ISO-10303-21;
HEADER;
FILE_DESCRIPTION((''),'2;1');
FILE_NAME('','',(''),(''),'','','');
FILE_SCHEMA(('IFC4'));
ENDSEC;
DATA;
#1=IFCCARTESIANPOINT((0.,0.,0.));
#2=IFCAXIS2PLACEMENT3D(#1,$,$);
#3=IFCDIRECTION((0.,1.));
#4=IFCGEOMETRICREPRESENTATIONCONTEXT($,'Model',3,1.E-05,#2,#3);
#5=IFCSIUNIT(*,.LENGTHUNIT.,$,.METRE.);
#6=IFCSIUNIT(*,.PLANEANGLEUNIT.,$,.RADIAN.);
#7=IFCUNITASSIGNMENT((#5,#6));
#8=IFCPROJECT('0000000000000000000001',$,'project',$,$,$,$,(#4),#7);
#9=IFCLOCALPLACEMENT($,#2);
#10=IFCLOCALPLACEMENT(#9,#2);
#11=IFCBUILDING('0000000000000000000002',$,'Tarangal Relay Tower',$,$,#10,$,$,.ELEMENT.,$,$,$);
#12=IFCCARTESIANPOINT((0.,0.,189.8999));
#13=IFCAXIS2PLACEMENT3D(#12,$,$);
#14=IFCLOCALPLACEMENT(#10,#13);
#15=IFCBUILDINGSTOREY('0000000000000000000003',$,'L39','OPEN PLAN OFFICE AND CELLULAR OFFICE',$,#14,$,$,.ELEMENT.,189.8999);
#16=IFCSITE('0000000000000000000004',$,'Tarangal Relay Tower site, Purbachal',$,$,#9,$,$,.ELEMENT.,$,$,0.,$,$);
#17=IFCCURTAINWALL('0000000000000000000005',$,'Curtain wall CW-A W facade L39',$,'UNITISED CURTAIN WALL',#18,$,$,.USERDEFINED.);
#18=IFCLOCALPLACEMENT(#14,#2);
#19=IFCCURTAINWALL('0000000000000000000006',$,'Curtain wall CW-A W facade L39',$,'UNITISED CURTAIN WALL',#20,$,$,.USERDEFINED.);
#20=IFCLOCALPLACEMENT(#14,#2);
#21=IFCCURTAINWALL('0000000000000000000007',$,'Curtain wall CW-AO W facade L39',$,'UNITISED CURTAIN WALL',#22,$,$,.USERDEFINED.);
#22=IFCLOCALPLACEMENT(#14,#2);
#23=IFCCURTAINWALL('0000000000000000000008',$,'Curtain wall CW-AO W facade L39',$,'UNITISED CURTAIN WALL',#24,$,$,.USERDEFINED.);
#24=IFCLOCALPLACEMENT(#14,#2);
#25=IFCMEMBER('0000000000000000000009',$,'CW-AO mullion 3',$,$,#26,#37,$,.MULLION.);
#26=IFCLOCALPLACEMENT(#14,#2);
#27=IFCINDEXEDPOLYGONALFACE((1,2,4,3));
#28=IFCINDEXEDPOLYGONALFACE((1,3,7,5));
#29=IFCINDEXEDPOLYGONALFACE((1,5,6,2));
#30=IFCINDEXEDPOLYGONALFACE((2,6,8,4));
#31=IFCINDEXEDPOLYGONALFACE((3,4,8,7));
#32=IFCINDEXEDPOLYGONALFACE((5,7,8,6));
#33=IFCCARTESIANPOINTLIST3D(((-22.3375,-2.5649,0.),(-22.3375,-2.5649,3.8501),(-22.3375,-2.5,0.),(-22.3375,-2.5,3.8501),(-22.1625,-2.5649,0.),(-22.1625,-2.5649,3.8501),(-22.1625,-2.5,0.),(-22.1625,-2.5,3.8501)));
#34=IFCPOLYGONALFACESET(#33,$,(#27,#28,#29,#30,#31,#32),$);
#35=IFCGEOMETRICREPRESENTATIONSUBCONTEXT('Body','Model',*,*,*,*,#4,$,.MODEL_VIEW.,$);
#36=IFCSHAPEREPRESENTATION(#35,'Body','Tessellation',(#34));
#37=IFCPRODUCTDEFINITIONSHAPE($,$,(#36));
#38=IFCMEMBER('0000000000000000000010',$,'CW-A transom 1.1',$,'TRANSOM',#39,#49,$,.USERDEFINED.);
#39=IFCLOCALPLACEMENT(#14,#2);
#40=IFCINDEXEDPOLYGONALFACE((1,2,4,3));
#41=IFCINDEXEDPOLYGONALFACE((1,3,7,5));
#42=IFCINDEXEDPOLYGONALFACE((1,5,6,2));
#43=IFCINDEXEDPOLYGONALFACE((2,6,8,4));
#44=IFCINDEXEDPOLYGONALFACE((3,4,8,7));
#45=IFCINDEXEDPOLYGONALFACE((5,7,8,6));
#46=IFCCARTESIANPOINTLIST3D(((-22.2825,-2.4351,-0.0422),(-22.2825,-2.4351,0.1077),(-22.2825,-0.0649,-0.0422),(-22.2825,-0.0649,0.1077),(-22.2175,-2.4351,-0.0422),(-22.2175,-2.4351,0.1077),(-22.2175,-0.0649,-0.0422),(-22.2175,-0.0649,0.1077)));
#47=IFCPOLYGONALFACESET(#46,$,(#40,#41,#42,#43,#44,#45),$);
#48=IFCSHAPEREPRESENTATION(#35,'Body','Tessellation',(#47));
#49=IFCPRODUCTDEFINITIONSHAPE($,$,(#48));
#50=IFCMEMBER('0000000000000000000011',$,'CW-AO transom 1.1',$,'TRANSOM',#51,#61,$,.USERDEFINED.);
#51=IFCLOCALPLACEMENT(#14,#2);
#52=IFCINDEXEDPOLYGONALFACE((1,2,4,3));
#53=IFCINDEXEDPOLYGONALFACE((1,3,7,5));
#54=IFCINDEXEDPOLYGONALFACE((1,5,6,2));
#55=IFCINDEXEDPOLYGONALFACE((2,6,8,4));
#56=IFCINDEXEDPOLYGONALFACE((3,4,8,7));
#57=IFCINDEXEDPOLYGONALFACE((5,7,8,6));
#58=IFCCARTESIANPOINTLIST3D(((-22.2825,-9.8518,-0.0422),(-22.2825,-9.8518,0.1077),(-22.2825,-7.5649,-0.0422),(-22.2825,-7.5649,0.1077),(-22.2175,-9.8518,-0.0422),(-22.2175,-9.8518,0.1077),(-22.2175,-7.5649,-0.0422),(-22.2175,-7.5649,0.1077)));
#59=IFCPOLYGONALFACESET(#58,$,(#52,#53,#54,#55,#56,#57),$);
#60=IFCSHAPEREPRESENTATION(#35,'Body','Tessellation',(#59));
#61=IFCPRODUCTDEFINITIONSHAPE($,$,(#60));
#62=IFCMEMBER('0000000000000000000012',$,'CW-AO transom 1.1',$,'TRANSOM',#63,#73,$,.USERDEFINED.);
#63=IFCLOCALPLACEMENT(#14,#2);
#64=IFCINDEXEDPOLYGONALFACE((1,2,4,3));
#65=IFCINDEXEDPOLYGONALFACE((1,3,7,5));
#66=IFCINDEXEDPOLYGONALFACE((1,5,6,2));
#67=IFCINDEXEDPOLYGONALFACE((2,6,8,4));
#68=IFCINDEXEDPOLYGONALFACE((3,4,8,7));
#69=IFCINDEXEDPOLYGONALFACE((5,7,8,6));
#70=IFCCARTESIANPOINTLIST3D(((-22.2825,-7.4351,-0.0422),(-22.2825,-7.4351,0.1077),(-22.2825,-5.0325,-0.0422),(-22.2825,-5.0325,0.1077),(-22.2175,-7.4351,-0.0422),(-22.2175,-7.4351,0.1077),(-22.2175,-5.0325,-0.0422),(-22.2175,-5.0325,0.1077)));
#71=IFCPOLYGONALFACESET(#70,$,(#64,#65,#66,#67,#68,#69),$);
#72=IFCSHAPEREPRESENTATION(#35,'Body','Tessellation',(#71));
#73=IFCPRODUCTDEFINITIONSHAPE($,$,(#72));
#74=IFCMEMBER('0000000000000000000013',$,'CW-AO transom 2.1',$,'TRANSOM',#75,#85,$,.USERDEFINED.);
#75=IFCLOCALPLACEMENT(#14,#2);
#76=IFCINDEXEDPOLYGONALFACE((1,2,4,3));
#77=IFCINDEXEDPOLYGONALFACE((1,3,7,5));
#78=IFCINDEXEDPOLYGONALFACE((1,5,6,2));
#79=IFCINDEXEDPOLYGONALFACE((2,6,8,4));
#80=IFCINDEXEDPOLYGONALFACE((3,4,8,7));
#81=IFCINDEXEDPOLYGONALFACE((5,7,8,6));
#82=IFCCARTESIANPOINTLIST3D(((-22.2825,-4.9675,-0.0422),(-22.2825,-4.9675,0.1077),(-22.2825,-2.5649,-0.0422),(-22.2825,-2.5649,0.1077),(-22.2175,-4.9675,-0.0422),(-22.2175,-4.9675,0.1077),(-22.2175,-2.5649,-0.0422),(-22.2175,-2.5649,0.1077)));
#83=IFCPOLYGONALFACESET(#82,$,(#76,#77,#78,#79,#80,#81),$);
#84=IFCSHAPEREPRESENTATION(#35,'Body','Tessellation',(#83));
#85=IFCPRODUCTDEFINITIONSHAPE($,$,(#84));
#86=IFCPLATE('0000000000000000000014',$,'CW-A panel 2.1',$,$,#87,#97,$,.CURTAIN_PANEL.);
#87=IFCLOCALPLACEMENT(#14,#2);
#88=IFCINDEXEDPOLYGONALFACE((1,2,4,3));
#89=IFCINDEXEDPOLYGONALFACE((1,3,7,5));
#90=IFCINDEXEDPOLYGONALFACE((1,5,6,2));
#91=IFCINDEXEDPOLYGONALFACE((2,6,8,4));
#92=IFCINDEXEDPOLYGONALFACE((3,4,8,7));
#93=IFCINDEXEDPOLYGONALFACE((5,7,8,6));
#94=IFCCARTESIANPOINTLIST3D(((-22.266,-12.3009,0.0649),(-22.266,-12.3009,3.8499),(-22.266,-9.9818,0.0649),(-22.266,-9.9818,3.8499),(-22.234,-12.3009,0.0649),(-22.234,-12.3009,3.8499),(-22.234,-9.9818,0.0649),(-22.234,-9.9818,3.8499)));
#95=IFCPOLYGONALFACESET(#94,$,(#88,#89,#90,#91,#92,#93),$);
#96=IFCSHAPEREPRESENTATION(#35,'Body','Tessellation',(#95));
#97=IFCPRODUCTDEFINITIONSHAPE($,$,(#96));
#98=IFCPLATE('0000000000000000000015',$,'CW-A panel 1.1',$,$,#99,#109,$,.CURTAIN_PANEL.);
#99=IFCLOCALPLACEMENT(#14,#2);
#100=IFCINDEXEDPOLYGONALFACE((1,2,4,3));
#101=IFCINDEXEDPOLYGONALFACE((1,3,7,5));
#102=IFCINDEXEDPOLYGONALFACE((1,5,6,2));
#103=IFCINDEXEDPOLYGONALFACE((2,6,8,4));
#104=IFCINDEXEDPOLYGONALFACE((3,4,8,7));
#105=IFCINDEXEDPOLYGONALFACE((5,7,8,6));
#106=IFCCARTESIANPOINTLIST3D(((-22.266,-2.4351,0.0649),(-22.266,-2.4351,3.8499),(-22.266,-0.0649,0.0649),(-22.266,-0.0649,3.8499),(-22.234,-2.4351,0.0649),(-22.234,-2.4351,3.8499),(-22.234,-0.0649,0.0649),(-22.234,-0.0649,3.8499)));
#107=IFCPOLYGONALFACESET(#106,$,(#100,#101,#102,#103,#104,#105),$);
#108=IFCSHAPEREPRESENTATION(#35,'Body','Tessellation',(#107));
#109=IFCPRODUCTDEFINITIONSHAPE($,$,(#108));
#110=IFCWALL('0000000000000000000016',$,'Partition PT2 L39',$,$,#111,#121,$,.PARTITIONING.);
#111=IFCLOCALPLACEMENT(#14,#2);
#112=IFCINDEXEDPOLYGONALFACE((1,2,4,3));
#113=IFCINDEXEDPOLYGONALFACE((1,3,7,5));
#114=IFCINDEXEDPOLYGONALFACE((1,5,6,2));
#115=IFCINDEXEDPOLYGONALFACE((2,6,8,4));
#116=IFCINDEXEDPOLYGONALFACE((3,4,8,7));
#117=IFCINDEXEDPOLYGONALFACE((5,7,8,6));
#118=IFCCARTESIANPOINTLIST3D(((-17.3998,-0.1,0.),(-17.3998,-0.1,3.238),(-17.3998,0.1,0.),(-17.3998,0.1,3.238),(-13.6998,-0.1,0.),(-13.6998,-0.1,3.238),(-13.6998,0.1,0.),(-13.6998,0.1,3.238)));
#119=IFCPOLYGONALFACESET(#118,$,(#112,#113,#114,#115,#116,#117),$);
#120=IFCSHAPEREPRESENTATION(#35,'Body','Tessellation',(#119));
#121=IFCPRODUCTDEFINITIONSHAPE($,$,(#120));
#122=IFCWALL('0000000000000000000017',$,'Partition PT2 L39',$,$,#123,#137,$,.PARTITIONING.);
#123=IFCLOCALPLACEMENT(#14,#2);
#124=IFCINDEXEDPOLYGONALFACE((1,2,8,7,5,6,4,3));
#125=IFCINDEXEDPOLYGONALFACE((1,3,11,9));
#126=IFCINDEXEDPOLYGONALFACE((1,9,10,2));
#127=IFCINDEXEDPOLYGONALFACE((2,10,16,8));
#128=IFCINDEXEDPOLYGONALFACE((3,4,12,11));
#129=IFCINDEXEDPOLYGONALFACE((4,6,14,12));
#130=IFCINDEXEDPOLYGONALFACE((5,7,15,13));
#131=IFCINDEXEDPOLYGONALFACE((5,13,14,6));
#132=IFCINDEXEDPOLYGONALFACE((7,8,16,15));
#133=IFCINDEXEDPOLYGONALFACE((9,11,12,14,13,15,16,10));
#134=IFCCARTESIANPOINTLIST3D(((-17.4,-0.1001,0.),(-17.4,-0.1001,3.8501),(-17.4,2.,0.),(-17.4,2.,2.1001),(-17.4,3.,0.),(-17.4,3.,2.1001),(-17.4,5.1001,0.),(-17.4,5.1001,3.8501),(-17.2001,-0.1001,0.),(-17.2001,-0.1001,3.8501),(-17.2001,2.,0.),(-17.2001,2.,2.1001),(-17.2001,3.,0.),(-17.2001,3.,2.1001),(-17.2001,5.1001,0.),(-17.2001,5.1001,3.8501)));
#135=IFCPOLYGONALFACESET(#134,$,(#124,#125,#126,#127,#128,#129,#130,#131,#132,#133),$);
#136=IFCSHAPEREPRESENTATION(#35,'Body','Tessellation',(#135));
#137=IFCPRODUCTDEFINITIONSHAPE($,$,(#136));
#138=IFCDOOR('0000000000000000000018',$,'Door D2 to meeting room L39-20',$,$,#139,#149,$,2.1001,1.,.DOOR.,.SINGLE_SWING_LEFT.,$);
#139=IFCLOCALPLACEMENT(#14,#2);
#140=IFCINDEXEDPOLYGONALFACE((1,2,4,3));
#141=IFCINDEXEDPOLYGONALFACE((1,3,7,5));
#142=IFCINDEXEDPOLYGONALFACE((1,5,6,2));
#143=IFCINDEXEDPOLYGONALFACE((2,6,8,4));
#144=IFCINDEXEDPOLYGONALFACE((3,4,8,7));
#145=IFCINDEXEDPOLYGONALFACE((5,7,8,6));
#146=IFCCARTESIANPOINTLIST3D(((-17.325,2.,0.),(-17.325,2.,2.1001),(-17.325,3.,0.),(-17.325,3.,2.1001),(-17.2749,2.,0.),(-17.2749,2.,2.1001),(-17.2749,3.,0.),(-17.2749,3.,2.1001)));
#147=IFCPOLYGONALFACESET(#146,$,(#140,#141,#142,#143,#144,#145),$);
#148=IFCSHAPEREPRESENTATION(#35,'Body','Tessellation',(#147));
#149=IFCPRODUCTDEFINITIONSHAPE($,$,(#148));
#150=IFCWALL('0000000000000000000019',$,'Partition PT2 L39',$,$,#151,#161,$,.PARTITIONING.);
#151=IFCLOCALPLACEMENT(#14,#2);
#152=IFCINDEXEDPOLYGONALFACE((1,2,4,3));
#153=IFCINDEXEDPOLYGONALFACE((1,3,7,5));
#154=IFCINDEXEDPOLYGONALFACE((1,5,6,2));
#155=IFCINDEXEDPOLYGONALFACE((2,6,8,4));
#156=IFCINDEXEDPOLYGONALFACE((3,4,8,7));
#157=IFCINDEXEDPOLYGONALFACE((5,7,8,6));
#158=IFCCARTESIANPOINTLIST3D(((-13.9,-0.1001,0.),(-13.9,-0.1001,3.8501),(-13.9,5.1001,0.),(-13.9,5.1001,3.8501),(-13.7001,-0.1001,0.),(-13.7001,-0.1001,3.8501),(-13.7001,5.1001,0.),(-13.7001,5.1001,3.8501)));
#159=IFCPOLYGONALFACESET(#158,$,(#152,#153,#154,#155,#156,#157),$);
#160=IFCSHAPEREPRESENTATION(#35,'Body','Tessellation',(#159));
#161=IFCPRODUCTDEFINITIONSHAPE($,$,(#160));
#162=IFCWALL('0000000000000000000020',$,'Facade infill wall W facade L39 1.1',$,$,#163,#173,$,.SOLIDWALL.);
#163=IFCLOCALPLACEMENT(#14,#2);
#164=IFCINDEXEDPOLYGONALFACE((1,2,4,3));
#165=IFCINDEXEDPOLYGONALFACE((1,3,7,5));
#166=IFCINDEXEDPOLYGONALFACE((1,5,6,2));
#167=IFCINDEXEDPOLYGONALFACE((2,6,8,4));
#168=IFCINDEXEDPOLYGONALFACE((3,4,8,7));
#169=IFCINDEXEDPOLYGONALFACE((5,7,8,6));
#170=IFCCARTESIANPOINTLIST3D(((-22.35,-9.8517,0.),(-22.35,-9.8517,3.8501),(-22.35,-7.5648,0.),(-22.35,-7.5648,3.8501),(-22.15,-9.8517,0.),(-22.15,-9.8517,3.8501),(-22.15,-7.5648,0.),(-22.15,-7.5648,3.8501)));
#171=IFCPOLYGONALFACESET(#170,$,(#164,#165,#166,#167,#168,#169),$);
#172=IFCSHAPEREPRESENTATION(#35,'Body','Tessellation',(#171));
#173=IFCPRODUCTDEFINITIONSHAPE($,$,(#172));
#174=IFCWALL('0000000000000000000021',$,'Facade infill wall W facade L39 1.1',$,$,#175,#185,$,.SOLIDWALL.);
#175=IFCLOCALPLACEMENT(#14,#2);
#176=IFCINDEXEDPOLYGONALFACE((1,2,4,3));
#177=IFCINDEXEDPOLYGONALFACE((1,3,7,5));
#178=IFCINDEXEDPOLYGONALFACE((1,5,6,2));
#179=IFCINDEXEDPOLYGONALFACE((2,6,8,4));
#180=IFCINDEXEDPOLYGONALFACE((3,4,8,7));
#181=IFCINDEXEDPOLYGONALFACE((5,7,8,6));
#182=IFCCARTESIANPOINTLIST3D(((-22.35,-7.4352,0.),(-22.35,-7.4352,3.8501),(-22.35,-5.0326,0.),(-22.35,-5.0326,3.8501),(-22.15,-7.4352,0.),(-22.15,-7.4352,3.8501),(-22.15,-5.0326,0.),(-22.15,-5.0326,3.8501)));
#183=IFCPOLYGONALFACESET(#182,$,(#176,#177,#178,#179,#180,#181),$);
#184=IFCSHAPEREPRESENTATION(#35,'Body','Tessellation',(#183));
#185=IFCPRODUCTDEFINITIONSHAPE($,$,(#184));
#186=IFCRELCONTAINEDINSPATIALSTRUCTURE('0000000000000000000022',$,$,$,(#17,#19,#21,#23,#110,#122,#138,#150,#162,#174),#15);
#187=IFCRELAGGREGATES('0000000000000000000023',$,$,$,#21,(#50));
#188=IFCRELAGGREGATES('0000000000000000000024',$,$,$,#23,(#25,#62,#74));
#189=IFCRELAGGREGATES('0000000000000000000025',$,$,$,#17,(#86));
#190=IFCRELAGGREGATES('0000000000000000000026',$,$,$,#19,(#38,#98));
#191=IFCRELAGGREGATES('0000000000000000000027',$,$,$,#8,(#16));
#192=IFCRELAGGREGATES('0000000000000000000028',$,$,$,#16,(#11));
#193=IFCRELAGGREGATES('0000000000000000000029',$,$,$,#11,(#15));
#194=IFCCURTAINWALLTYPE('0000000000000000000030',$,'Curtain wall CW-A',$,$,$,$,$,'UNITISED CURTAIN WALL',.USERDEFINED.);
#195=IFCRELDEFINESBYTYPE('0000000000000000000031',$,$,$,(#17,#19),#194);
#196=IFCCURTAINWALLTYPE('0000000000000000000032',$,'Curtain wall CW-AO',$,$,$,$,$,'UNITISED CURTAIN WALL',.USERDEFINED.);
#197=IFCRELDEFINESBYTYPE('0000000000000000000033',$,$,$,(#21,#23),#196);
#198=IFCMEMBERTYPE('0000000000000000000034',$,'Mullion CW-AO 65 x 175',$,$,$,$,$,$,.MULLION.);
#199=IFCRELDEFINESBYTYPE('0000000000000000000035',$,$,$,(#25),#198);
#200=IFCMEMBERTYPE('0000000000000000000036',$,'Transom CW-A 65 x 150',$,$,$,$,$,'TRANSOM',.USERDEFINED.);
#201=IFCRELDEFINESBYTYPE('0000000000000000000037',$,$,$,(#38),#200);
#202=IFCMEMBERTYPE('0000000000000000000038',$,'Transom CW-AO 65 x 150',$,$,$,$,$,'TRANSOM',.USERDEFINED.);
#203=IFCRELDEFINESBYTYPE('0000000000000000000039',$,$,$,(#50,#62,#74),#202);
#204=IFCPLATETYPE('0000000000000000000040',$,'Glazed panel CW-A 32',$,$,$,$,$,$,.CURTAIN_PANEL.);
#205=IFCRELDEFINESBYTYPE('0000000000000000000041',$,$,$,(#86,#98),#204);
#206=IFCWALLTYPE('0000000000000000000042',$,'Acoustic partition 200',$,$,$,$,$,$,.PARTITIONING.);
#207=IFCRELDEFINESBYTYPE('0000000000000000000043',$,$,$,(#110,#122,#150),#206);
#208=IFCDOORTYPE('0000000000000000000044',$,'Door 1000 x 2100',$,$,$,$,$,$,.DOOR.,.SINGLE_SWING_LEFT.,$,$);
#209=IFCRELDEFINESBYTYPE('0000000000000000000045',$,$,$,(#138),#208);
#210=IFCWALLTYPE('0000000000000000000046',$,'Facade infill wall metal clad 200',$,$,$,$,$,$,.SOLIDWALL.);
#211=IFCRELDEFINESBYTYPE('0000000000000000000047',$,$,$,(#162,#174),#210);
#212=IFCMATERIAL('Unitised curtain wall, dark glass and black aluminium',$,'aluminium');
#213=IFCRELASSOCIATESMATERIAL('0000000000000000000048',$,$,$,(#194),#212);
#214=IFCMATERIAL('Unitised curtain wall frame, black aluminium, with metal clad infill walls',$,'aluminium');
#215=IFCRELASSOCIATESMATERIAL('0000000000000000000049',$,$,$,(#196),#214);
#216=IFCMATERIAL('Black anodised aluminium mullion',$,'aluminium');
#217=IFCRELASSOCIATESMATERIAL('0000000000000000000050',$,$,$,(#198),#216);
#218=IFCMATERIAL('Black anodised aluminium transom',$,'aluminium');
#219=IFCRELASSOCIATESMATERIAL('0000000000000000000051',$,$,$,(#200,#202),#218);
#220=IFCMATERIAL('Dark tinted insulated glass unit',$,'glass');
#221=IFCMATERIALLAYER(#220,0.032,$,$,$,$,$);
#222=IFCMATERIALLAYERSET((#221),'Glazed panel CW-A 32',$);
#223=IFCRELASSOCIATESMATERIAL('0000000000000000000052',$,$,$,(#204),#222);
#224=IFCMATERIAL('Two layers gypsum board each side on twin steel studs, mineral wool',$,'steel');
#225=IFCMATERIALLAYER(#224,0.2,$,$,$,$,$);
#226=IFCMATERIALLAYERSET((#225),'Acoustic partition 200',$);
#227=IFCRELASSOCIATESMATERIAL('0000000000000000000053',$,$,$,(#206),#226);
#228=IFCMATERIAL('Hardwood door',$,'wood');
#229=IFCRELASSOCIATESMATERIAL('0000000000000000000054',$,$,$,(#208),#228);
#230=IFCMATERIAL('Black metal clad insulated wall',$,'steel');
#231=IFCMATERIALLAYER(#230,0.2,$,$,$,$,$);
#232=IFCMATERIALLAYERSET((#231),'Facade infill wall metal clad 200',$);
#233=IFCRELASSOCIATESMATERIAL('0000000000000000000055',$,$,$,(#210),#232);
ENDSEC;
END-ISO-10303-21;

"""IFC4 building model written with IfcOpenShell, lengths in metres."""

from ifc_helpers import new_model, si_unit, direction, frame, frame_2d, origin, origin_2d, place, context, subcontext, project, spatial, rectangle, extrude, material, layer, layer_set, material_profile, profile_set, type_object, element, fill, aggregate, save


model = new_model("IFC4")

# Units and contexts
model_context = context("Model", 3, precision=1e-05, world=origin(), true_north=direction((0.0, 1.0)))
body_context = subcontext(model_context, "Body", "Model", "MODEL_VIEW")
ifc_project = project(units=[si_unit("LENGTHUNIT", "METRE"), si_unit("PLANEANGLEUNIT", "RADIAN")], contexts=[model_context])

# Site, building, storey
site_placement = place(None, origin())
site = spatial("IfcSite", under=ifc_project, at=site_placement, Name="Tarangal Relay Tower site, Purbachal", CompositionType="ELEMENT", RefElevation=0.0)
building_placement = place(site_placement, origin())
building = spatial("IfcBuilding", under=site, at=building_placement, Name="Tarangal Relay Tower", CompositionType="ELEMENT")
storey_placement = place(building_placement, frame((0.0, 0.0, 189.8999)))
storey = spatial("IfcBuildingStorey", under=building, at=storey_placement, Name="L39", Description="OPEN PLAN OFFICE AND CELLULAR OFFICE", CompositionType="ELEMENT", Elevation=189.8999)

# Curtain wall
ifc_material_1 = material(Name="Unitised curtain wall, dark glass and black aluminium", Category="aluminium")
curtain_wall_type_1 = type_object("IfcCurtainWallType", Name="Curtain wall CW-A", ElementType="UNITISED CURTAIN WALL", PredefinedType="USERDEFINED", material=ifc_material_1)
curtain_wall_1_placement = place(storey_placement, origin())
curtain_wall_1 = element("IfcCurtainWall", 1, at=curtain_wall_1_placement, inside=storey, type_object=curtain_wall_type_1, Name="Curtain wall CW-A W facade L39", ObjectType="UNITISED CURTAIN WALL", PredefinedType="USERDEFINED")
ifc_material_2 = material(Name="Black anodised aluminium mullion", Category="aluminium")

# Curtain walls, member
curtain_wall_2_placement = place(storey_placement, origin())
curtain_wall_2 = element("IfcCurtainWall", 2, at=curtain_wall_2_placement, inside=storey, type_object=curtain_wall_type_1, Name="Curtain wall CW-A W facade L39", ObjectType="UNITISED CURTAIN WALL", PredefinedType="USERDEFINED")
ifc_material_3 = material(Name="Unitised curtain wall frame, black aluminium, with metal clad infill walls", Category="aluminium")
curtain_wall_type_2 = type_object("IfcCurtainWallType", Name="Curtain wall CW-AO", ElementType="UNITISED CURTAIN WALL", PredefinedType="USERDEFINED", material=ifc_material_3)
curtain_wall_3_placement = place(storey_placement, origin())
curtain_wall_3 = element("IfcCurtainWall", 3, at=curtain_wall_3_placement, inside=storey, type_object=curtain_wall_type_2, Name="Curtain wall CW-AO W facade L39", ObjectType="UNITISED CURTAIN WALL", PredefinedType="USERDEFINED")
ifc_material_profile_1 = material_profile(ifc_material_2, rectangle(XDim=0.175, YDim=0.0649, at=origin_2d()), Name="CW-AOM 65X175")
ifc_profile_set_1 = profile_set([ifc_material_profile_1], Name="Black anodised aluminium mullion")
member_type_1 = type_object("IfcMemberType", Name="Mullion CW-AO 65 x 175", PredefinedType="MULLION", material=ifc_profile_set_1)
curtain_wall_4_placement = place(storey_placement, origin())
curtain_wall_4 = element("IfcCurtainWall", 4, at=curtain_wall_4_placement, inside=storey, type_object=curtain_wall_type_2, Name="Curtain wall CW-AO W facade L39", ObjectType="UNITISED CURTAIN WALL", PredefinedType="USERDEFINED")
member_1_placement = place(storey_placement, frame((-22.25, -2.5325, 0.0), z_axis=(0.0, 0.0, 1.0), x_axis=(-1.0, 0.0, 0.0)))
member_1 = element("IfcMember", 5, at=member_1_placement, type_object=member_type_1, Name="CW-AO mullion 3", PredefinedType="MULLION", context=body_context, shape_type="SweptSolid", body=[
    extrude(rectangle(XDim=0.175, YDim=0.0649, at=origin_2d()), origin(), (0.0, 0.0, 1.0), 3.8501),
])

# Members
ifc_material_4 = material(Name="Black anodised aluminium transom", Category="aluminium")
ifc_material_profile_2 = material_profile(ifc_material_4, rectangle(XDim=0.0649, YDim=0.1499, at=origin_2d()), Name="CW-AT 65X150")
ifc_profile_set_2 = profile_set([ifc_material_profile_2], Name="Black anodised aluminium transom")
member_type_2 = type_object("IfcMemberType", Name="Transom CW-A 65 x 150", ElementType="TRANSOM", PredefinedType="USERDEFINED", material=ifc_profile_set_2)
member_2_placement = place(storey_placement, frame((-22.25, -2.4351, 0.0327), z_axis=(0.0, 1.0, 0.0), x_axis=(-1.0, 0.0, 0.0)))
member_2 = element("IfcMember", 6, at=member_2_placement, type_object=member_type_2, Name="CW-A transom 1.1", ObjectType="TRANSOM", PredefinedType="USERDEFINED", context=body_context, shape_type="SweptSolid", body=[
    extrude(rectangle(XDim=0.0649, YDim=0.1499, at=origin_2d()), origin(), (0.0, 0.0, 1.0), 2.3701),
])
ifc_material_profile_3 = material_profile(ifc_material_4, rectangle(XDim=0.0649, YDim=0.1499, at=origin_2d()), Name="CW-AOT 65X150")
ifc_profile_set_3 = profile_set([ifc_material_profile_3], Name="Black anodised aluminium transom")
member_type_3 = type_object("IfcMemberType", Name="Transom CW-AO 65 x 150", ElementType="TRANSOM", PredefinedType="USERDEFINED", material=ifc_profile_set_3)
member_3_placement = place(storey_placement, frame((-22.25, -9.8518, 0.0327), z_axis=(0.0, 1.0, 0.0), x_axis=(-1.0, 0.0, 0.0)))
member_3 = element("IfcMember", 7, at=member_3_placement, type_object=member_type_3, Name="CW-AO transom 1.1", ObjectType="TRANSOM", PredefinedType="USERDEFINED", context=body_context, shape_type="SweptSolid", body=[
    extrude(rectangle(XDim=0.0649, YDim=0.1499, at=origin_2d()), origin(), (0.0, 0.0, 1.0), 2.2869),
])
aggregate(curtain_wall_3, [member_3])
member_4_placement = place(storey_placement, frame((-22.25, -7.4351, 0.0327), z_axis=(0.0, 1.0, 0.0), x_axis=(-1.0, 0.0, 0.0)))
member_4 = element("IfcMember", 8, at=member_4_placement, type_object=member_type_3, Name="CW-AO transom 1.1", ObjectType="TRANSOM", PredefinedType="USERDEFINED", context=body_context, shape_type="SweptSolid", body=[
    extrude(rectangle(XDim=0.0649, YDim=0.1499, at=origin_2d()), origin(), (0.0, 0.0, 1.0), 2.4026),
])
member_5_placement = place(storey_placement, frame((-22.25, -4.9675, 0.0327), z_axis=(0.0, 1.0, 0.0), x_axis=(-1.0, 0.0, 0.0)))
member_5 = element("IfcMember", 9, at=member_5_placement, type_object=member_type_3, Name="CW-AO transom 2.1", ObjectType="TRANSOM", PredefinedType="USERDEFINED", context=body_context, shape_type="SweptSolid", body=[
    extrude(rectangle(XDim=0.0649, YDim=0.1499, at=origin_2d()), origin(), (0.0, 0.0, 1.0), 2.4026),
])
aggregate(curtain_wall_4, [member_1, member_4, member_5])

# Plates
ifc_material_5 = material(Name="Dark tinted insulated glass unit", Category="glass")
ifc_layer_1 = layer(ifc_material_5, 0.032)
ifc_layer_set_1 = layer_set([ifc_layer_1], Name="Glazed panel CW-A 32")
plate_type = type_object("IfcPlateType", Name="Glazed panel CW-A 32", PredefinedType="CURTAIN_PANEL", material=ifc_layer_set_1)
plate_1_placement = place(storey_placement, frame((-22.25, -11.1414, 0.0649), z_axis=(0.0, 0.0, 1.0), x_axis=(0.0, 1.0, 0.0)))
plate_1 = element("IfcPlate", 10, at=plate_1_placement, type_object=plate_type, Name="CW-A panel 2.1", PredefinedType="CURTAIN_PANEL", context=body_context, shape_type="SweptSolid", body=[
    extrude(rectangle(XDim=2.3191, YDim=0.032, at=origin_2d()), origin(), (0.0, 0.0, 1.0), 3.7849),
])
aggregate(curtain_wall_1, [plate_1])
plate_2_placement = place(storey_placement, frame((-22.25, -1.25, 0.0649), z_axis=(0.0, 0.0, 1.0), x_axis=(0.0, 1.0, 0.0)))
plate_2 = element("IfcPlate", 11, at=plate_2_placement, type_object=plate_type, Name="CW-A panel 1.1", PredefinedType="CURTAIN_PANEL", context=body_context, shape_type="SweptSolid", body=[
    extrude(rectangle(XDim=2.3701, YDim=0.032, at=origin_2d()), origin(), (0.0, 0.0, 1.0), 3.7849),
])
aggregate(curtain_wall_2, [member_2, plate_2])

# Wall
ifc_material_6 = material(Name="Two layers gypsum board each side on twin steel studs, mineral wool", Category="steel")
ifc_layer_2 = layer(ifc_material_6, 0.2)
ifc_layer_set_2 = layer_set([ifc_layer_2], Name="Acoustic partition 200")
wall_type_1 = type_object("IfcWallType", Name="Acoustic partition 200", PredefinedType="PARTITIONING", material=ifc_layer_set_2)
wall_1_placement = place(storey_placement, frame((-17.3999, 0.0, 0.0), z_axis=(0.0, 0.0, 1.0), x_axis=(1.0, 0.0, 0.0)))
element("IfcWall", 12, at=wall_1_placement, inside=storey, type_object=wall_type_1, Name="Partition PT2 L39", PredefinedType="PARTITIONING", context=body_context, shape_type="SweptSolid", body=[
    extrude(rectangle(XDim=3.7, YDim=0.2, at=frame_2d((1.8501, 0.0))), origin(), (0.0, 0.0, 1.0), 3.238),
])

# Wall, opening, door
wall_2_placement = place(storey_placement, frame((-17.3, -0.1001, 0.0), z_axis=(0.0, 0.0, 1.0), x_axis=(0.0, 1.0, 0.0)))
wall_2 = element("IfcWall", 13, at=wall_2_placement, inside=storey, type_object=wall_type_1, Name="Partition PT2 L39", PredefinedType="PARTITIONING", context=body_context, shape_type="SweptSolid", body=[
    extrude(rectangle(XDim=5.2002, YDim=0.2, at=frame_2d((2.6001, 0.0))), origin(), (0.0, 0.0, 1.0), 3.8501),
])
opening_1_placement = place(wall_2_placement, frame((2.1001, 0.0, 0.0)))
opening_1 = element("IfcOpeningElement", 14, at=opening_1_placement, cuts=wall_2, PredefinedType="OPENING", context=body_context, shape_type="SweptSolid", body=[
    extrude(rectangle(XDim=1.0, YDim=2.1001, at=frame_2d((0.5, 1.05))), frame((0.0, 0.1099, 0.0), z_axis=(0.0, -1.0, 0.0), x_axis=(1.0, 0.0, 0.0)), (0.0, 0.0, 1.0), 0.22),
])
ifc_material_7 = material(Name="Hardwood door", Category="wood")
door_type = type_object("IfcDoorType", Name="Door 1000 x 2100", OperationType="SINGLE_SWING_LEFT", PredefinedType="DOOR", material=ifc_material_7)
door_1_placement = place(opening_1_placement, origin())
door_1 = element("IfcDoor", 15, at=door_1_placement, inside=storey, type_object=door_type, Name="Door D2 to meeting room L39-20", OperationType="SINGLE_SWING_LEFT", OverallHeight=2.1001, OverallWidth=1.0, PredefinedType="DOOR", context=body_context, shape_type="SweptSolid", body=[
    extrude(rectangle(XDim=1.0, YDim=2.1001, at=frame_2d((0.5, 1.05))), frame((0.0, 0.0249, 0.0), z_axis=(0.0, -1.0, 0.0), x_axis=(1.0, 0.0, 0.0)), (0.0, 0.0, 1.0), 0.05),
])
fill(opening_1, door_1)

# Walls
wall_3_placement = place(storey_placement, frame((-13.8, -0.1001, 0.0), z_axis=(0.0, 0.0, 1.0), x_axis=(0.0, 1.0, 0.0)))
element("IfcWall", 16, at=wall_3_placement, inside=storey, type_object=wall_type_1, Name="Partition PT2 L39", PredefinedType="PARTITIONING", context=body_context, shape_type="SweptSolid", body=[
    extrude(rectangle(XDim=5.2002, YDim=0.2, at=frame_2d((2.6001, 0.0))), origin(), (0.0, 0.0, 1.0), 3.8501),
])
ifc_material_8 = material(Name="Black metal clad insulated wall", Category="steel")
ifc_layer_3 = layer(ifc_material_8, 0.2)
ifc_layer_set_3 = layer_set([ifc_layer_3], Name="Facade infill wall metal clad 200")
wall_type_2 = type_object("IfcWallType", Name="Facade infill wall metal clad 200", PredefinedType="SOLIDWALL", material=ifc_layer_set_3)
wall_4_placement = place(storey_placement, frame((-22.25, -9.8518, 0.0), z_axis=(0.0, 0.0, 1.0), x_axis=(0.0, 1.0, 0.0)))
element("IfcWall", 17, at=wall_4_placement, inside=storey, type_object=wall_type_2, Name="Facade infill wall W facade L39 1.1", PredefinedType="SOLIDWALL", context=body_context, shape_type="SweptSolid", body=[
    extrude(rectangle(XDim=2.2869, YDim=0.2, at=frame_2d((1.1436, 0.0))), origin(), (0.0, 0.0, 1.0), 3.8501),
])
for number, where, z_axis, x_axis, name in (
    (18, (-22.25, -7.4351, 0.0), (0.0, 0.0, 1.0), (0.0, 1.0, 0.0), "Facade infill wall W facade L39 1.1"),
):
    element("IfcWall", number, at=place(storey_placement, frame(where, z_axis=z_axis, x_axis=x_axis)), inside=storey, type_object=wall_type_2, Name=name, PredefinedType="SOLIDWALL", context=body_context, shape_type="SweptSolid", body=[
        extrude(rectangle(XDim=2.4026, YDim=0.2, at=frame_2d((1.2012, 0.0))), origin(), (0.0, 0.0, 1.0), 3.8501),
    ])

save(model, "model.ifc")
